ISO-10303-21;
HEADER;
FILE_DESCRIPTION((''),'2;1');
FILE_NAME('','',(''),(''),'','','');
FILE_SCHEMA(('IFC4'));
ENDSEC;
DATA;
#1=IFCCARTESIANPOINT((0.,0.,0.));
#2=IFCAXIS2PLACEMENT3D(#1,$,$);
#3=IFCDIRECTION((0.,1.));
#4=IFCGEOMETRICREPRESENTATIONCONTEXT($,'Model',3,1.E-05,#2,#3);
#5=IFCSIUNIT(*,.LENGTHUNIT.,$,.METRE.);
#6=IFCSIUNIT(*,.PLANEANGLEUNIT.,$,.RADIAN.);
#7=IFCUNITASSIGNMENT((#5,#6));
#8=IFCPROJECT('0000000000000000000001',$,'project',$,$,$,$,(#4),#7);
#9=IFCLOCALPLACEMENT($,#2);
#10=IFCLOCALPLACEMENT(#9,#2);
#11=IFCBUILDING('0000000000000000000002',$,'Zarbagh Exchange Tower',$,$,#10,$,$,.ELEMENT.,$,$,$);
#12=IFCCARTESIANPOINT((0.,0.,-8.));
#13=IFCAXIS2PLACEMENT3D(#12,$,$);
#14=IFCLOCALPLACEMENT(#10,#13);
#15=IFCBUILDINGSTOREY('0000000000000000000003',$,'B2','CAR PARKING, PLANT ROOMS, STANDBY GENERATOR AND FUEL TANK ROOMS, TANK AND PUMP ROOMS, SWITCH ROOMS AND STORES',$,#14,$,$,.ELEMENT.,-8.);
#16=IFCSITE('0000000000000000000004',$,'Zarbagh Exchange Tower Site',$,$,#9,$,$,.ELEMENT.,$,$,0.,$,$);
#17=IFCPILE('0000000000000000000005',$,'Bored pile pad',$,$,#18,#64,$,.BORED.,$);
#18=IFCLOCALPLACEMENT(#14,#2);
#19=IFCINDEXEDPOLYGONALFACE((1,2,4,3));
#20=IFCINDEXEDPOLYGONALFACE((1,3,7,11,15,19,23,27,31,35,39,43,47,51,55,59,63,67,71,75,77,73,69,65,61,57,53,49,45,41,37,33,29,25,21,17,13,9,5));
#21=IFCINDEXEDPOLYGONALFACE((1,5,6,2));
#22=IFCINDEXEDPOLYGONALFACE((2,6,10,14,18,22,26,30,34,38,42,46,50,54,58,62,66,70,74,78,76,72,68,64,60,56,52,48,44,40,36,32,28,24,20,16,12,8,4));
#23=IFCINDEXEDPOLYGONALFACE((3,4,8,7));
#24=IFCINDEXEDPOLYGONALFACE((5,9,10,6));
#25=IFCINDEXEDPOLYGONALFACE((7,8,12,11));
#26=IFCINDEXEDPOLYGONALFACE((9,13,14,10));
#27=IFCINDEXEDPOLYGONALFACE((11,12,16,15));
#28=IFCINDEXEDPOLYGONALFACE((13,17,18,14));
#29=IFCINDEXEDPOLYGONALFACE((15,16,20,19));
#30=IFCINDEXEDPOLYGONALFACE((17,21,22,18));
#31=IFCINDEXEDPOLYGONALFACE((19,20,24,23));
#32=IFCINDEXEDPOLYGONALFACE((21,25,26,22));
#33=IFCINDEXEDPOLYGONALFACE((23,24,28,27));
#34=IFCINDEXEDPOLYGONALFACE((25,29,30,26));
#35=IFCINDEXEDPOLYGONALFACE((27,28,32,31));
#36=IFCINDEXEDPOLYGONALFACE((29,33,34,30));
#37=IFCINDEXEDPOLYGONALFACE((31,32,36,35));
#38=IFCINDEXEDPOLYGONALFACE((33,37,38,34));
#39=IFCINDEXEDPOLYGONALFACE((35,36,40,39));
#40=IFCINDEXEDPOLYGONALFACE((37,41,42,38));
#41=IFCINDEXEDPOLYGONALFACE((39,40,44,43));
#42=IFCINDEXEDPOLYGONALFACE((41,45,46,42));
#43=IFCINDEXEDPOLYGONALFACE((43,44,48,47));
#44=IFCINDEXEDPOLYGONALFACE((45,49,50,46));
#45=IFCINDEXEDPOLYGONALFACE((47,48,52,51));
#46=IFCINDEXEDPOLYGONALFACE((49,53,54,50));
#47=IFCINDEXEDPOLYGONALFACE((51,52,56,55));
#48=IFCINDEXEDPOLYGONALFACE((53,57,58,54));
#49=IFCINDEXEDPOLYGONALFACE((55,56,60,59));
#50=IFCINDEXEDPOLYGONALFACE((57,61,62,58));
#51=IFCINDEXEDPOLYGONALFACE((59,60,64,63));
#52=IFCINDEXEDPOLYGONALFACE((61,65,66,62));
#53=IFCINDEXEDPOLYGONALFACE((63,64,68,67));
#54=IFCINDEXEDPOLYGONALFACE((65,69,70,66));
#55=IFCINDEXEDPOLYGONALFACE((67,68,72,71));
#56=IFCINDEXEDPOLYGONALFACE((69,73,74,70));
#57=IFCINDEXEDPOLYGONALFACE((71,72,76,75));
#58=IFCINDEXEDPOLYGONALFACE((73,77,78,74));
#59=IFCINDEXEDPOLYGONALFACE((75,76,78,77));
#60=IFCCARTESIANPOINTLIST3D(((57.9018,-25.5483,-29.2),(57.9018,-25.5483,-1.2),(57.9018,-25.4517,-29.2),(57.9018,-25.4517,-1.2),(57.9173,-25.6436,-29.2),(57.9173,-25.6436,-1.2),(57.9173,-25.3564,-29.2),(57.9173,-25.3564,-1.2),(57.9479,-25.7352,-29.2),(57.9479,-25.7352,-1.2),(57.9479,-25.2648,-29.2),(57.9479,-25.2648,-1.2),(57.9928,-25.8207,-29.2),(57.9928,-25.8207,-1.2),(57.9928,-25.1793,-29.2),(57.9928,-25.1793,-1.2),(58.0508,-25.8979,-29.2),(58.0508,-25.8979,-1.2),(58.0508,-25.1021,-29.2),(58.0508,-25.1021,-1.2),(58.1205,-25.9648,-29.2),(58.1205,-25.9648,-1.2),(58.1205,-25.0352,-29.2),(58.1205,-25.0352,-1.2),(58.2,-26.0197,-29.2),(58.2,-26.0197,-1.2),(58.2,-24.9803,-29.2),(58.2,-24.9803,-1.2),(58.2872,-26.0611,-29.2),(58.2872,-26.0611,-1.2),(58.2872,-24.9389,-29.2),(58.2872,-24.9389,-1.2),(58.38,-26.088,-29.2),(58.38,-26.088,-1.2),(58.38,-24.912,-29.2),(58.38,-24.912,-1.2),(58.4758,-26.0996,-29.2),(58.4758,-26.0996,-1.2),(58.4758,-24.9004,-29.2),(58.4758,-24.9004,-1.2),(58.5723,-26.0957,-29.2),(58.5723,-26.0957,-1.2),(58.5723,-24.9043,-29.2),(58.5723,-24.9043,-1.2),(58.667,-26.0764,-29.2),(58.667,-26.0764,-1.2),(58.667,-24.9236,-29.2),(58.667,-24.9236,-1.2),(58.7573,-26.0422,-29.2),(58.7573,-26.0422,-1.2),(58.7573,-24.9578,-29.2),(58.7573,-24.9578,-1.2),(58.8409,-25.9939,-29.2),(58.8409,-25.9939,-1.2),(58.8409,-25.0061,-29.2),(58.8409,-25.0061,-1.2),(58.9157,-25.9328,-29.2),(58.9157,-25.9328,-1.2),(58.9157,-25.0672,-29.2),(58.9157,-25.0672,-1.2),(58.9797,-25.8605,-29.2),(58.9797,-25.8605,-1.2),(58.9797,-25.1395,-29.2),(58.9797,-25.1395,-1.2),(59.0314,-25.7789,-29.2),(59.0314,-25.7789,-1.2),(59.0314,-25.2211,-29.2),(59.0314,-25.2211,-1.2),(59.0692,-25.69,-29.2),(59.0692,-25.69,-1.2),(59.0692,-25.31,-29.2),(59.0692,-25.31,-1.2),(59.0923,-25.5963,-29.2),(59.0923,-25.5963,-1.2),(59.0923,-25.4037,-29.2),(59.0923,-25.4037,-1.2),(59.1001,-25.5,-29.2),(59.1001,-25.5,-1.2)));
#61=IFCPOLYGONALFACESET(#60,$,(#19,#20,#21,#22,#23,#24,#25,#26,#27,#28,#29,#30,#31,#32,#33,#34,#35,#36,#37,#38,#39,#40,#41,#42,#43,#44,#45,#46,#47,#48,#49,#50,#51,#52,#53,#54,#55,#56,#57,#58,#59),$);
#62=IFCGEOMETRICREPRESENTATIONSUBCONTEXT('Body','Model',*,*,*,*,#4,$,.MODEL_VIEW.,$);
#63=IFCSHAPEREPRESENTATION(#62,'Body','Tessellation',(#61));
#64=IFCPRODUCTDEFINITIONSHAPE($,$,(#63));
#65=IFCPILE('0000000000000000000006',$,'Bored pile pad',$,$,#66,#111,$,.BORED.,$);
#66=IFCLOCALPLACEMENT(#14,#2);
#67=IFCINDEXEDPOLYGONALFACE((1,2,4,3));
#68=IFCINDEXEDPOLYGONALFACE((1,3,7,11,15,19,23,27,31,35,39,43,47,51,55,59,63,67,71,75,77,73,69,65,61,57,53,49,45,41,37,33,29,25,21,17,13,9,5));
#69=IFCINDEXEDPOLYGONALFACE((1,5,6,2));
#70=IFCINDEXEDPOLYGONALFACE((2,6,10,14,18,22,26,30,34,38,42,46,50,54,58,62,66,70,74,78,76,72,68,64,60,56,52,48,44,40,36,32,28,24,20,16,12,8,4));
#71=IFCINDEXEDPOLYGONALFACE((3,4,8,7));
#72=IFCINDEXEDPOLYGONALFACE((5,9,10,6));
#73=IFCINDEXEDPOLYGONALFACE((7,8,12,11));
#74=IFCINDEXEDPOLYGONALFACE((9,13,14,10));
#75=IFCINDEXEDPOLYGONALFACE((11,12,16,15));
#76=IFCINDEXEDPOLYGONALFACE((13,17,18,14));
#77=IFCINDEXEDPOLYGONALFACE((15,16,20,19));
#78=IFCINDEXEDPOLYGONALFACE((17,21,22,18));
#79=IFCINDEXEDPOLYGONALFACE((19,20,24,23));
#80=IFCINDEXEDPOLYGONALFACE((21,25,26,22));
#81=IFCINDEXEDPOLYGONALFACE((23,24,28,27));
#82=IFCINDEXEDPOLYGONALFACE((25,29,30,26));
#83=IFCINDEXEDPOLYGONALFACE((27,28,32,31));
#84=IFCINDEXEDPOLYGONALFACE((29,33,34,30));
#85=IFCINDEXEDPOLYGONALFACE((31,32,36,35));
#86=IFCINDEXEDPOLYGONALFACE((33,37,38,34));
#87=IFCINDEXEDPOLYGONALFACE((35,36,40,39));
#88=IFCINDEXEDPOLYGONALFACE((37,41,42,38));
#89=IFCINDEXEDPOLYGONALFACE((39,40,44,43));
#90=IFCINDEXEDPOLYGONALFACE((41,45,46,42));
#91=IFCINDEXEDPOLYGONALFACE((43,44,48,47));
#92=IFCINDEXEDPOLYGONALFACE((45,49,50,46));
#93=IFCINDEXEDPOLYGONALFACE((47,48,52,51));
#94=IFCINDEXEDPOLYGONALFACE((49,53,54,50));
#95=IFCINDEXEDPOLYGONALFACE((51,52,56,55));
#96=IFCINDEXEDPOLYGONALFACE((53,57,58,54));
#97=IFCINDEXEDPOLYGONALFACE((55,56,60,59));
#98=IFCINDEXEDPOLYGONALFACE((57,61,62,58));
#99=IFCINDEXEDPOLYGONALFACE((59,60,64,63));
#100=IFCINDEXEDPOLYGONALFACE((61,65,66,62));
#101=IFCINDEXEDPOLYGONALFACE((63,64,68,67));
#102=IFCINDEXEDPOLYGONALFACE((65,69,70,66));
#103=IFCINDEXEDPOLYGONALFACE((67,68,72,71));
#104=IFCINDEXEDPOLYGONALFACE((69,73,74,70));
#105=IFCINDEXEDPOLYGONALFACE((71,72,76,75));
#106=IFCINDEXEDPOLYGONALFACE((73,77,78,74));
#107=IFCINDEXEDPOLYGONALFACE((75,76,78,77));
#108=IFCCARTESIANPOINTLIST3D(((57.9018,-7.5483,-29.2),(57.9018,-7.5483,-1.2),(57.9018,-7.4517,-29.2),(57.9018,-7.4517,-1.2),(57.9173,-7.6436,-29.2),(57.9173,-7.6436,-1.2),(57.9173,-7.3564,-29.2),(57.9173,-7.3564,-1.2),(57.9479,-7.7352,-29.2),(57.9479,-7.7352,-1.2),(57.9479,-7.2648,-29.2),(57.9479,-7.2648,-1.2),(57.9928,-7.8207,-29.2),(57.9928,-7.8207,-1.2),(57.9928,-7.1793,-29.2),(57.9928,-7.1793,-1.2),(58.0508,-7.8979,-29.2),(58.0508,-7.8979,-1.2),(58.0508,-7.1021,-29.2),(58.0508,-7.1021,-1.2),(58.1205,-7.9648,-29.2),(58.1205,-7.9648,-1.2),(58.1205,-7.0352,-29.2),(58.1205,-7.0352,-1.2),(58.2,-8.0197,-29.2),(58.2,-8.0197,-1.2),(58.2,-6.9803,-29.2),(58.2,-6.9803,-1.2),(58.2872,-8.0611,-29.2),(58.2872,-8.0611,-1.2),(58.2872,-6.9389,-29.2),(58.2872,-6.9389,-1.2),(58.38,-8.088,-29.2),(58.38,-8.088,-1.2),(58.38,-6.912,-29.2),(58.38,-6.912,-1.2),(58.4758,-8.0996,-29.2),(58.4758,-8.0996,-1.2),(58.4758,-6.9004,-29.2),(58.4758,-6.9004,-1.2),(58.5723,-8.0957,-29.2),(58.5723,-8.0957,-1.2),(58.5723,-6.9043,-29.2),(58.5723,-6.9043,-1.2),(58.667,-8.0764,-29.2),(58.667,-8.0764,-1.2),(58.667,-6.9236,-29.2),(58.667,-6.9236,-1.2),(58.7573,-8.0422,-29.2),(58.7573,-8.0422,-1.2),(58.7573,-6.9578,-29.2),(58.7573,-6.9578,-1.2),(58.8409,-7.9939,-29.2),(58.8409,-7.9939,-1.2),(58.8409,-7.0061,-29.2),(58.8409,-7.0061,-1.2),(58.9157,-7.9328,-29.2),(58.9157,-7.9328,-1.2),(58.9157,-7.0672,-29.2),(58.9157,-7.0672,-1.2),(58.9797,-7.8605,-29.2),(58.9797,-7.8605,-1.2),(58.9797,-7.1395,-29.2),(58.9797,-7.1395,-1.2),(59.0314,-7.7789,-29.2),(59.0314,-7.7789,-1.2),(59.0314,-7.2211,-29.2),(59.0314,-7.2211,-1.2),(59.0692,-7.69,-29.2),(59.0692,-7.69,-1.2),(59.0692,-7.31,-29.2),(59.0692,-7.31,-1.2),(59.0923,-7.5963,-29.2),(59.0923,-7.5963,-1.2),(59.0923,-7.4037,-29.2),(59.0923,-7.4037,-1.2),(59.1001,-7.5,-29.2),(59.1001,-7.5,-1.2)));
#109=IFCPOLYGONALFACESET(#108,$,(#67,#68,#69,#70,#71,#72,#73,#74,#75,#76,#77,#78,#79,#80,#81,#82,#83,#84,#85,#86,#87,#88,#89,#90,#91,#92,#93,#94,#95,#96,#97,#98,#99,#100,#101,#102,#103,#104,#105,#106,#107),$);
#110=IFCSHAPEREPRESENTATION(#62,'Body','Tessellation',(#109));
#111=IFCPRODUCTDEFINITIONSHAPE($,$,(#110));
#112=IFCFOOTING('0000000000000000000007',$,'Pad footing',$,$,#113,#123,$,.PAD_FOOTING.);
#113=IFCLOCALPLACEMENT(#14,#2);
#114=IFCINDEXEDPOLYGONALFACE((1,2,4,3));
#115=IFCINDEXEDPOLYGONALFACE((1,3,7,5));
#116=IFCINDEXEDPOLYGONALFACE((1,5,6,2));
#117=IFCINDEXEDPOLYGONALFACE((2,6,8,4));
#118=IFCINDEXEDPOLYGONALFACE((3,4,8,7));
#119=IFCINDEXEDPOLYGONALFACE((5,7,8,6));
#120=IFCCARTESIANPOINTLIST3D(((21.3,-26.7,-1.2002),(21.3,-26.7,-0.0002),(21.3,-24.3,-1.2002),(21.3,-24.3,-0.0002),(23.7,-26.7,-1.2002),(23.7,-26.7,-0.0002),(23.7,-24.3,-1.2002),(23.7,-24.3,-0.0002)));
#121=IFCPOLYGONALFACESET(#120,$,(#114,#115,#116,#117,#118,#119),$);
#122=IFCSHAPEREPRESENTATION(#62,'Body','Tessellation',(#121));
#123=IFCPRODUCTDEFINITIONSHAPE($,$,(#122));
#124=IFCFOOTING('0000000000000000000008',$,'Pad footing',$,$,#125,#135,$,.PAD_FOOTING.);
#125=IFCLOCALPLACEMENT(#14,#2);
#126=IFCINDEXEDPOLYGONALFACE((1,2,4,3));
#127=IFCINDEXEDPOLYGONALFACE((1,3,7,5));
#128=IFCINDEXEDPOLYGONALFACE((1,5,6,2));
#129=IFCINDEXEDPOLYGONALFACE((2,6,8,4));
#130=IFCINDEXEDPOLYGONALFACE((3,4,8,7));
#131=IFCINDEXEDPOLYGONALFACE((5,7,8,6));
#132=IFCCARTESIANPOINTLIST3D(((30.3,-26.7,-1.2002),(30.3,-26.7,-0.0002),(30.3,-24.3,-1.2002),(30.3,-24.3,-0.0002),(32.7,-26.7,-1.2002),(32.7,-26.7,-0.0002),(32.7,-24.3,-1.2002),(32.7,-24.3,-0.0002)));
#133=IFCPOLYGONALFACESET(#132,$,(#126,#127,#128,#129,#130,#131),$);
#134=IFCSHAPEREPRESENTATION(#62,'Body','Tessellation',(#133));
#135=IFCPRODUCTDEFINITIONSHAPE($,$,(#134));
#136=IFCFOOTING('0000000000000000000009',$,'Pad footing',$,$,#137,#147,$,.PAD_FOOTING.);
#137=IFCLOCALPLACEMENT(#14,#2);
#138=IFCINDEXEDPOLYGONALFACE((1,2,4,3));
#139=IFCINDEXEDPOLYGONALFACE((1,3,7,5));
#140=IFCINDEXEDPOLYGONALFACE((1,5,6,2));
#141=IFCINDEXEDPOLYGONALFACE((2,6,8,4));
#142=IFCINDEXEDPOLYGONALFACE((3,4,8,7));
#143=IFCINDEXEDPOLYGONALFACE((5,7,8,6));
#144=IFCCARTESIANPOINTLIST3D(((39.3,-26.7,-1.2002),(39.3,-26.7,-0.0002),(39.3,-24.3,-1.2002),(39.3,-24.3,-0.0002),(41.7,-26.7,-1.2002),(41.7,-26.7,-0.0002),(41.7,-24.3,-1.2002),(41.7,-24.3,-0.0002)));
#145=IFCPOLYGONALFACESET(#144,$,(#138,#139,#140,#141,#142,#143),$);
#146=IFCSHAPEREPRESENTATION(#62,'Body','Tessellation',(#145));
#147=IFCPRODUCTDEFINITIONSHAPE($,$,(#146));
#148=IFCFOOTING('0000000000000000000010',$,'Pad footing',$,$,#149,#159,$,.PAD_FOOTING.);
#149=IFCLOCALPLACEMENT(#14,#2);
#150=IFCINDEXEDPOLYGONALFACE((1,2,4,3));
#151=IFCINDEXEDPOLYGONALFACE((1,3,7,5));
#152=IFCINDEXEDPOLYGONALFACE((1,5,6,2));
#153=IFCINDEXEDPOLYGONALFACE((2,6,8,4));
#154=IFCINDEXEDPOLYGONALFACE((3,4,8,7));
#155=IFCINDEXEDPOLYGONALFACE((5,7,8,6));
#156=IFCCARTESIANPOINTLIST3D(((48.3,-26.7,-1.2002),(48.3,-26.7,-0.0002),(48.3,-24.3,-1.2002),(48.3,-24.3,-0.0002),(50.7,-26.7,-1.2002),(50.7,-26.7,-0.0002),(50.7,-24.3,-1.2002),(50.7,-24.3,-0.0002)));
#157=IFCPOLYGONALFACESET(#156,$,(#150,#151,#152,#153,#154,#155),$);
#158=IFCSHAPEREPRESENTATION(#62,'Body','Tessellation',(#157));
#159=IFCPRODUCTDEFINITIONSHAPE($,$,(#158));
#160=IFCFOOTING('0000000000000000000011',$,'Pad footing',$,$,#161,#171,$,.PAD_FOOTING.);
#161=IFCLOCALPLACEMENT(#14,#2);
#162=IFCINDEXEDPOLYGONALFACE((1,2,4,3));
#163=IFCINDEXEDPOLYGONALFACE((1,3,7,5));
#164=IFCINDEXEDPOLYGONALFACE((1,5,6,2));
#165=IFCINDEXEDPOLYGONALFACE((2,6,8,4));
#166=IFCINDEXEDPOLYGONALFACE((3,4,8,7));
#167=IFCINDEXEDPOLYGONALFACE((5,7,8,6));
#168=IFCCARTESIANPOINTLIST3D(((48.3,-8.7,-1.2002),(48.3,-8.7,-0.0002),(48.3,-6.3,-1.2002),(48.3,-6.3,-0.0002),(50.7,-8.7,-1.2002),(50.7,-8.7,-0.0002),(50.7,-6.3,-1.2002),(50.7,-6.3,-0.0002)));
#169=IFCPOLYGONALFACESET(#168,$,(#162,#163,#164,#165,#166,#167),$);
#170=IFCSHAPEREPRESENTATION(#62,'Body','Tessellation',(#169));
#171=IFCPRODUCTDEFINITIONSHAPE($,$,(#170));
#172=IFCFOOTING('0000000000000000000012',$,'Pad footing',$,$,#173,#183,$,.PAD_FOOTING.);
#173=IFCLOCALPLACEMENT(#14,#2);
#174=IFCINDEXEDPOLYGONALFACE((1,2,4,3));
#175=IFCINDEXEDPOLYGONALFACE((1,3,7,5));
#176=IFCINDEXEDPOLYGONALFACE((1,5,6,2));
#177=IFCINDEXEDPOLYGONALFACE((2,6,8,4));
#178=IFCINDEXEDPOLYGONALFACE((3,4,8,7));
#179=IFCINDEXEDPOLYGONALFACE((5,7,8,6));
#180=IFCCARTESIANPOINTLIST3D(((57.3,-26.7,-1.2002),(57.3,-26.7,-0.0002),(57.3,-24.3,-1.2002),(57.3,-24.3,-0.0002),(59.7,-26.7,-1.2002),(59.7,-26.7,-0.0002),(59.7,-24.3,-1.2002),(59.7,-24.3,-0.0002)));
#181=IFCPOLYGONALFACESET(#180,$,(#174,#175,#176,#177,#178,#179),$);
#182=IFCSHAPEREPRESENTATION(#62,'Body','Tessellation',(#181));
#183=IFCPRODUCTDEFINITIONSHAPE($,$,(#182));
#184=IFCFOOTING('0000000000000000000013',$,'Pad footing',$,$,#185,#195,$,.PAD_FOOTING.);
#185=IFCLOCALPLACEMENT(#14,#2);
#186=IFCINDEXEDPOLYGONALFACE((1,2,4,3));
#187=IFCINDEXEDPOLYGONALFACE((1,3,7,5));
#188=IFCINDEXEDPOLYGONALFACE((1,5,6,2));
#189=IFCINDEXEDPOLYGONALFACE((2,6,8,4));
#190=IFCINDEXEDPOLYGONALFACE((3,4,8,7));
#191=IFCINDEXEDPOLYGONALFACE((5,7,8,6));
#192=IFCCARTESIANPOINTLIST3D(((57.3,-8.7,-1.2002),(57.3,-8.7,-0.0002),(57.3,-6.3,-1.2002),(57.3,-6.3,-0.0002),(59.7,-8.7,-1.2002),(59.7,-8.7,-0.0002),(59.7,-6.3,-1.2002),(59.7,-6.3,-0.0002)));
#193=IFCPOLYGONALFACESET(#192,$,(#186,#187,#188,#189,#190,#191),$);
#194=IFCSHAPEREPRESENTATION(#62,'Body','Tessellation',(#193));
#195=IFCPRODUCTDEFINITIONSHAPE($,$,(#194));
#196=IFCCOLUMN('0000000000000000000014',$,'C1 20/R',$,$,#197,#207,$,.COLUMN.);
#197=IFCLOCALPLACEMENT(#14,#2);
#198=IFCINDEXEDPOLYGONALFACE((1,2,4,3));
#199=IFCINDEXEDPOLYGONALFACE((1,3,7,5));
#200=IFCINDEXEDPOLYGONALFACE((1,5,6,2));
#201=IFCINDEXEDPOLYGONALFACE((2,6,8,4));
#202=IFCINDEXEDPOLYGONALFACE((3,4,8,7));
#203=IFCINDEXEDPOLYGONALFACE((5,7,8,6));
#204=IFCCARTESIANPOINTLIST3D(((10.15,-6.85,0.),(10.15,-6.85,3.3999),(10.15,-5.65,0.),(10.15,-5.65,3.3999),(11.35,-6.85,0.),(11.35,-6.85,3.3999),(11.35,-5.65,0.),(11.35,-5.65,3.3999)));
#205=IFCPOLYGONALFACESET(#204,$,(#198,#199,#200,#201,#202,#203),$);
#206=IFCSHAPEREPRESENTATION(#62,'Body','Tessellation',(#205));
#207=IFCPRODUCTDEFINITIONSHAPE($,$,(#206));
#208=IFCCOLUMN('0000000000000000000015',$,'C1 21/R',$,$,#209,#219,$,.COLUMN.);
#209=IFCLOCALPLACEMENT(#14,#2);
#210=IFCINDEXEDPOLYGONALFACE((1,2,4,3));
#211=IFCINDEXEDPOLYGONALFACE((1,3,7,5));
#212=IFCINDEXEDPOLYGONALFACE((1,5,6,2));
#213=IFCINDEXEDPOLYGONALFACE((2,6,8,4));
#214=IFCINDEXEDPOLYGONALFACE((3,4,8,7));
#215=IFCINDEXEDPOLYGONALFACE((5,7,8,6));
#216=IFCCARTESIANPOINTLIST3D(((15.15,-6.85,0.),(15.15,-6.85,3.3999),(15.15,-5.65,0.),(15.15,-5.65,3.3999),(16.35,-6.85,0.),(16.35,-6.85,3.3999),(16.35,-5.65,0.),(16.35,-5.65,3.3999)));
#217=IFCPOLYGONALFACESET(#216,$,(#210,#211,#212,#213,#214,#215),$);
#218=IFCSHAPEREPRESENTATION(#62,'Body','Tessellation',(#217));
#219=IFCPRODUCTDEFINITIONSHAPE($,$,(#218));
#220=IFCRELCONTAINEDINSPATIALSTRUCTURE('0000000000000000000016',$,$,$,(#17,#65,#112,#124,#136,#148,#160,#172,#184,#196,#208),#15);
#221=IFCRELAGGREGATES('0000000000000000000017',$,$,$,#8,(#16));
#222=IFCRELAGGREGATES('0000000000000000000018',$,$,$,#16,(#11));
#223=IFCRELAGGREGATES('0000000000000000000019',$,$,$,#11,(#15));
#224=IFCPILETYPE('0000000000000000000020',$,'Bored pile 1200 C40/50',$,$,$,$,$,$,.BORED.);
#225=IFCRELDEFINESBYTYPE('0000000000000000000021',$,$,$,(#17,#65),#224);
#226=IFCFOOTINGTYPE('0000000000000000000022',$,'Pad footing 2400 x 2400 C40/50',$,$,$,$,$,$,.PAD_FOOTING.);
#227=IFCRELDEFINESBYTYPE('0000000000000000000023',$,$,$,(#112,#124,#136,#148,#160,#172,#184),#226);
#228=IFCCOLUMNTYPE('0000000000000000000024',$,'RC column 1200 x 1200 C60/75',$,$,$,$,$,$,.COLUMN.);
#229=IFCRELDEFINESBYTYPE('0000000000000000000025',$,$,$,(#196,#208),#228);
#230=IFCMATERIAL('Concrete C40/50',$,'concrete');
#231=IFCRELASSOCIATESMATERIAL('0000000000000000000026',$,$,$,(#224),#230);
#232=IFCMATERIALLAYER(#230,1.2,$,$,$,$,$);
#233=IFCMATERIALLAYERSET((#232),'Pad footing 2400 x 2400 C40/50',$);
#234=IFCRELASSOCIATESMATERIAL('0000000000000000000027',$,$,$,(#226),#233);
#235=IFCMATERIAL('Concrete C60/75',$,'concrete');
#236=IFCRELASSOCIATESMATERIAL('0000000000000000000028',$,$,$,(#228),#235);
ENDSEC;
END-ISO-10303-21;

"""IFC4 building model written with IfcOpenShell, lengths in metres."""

from ifc_helpers import new_model, si_unit, direction, frame, origin, origin_2d, place, context, subcontext, project, spatial, rectangle, circle, extrude, material, layer, layer_set, material_profile, profile_set, type_object, element, save


model = new_model("IFC4")

# Units and contexts
model_context = context("Model", 3, precision=1e-05, world=origin(), true_north=direction((0.0, 1.0)))
body_context = subcontext(model_context, "Body", "Model", "MODEL_VIEW")
ifc_project = project(units=[si_unit("LENGTHUNIT", "METRE"), si_unit("PLANEANGLEUNIT", "RADIAN")], contexts=[model_context])

# Site, building, storey
site_placement = place(None, origin())
site = spatial("IfcSite", under=ifc_project, at=site_placement, Name="Zarbagh Exchange Tower Site", CompositionType="ELEMENT", RefElevation=0.0)
building_placement = place(site_placement, origin())
building = spatial("IfcBuilding", under=site, at=building_placement, Name="Zarbagh Exchange Tower", CompositionType="ELEMENT")
storey_placement = place(building_placement, frame((0.0, 0.0, -8.0)))
storey = spatial("IfcBuildingStorey", under=building, at=storey_placement, Name="B2", Description="CAR PARKING, PLANT ROOMS, STANDBY GENERATOR AND FUEL TANK ROOMS, TANK AND PUMP ROOMS, SWITCH ROOMS AND STORES", CompositionType="ELEMENT", Elevation=-8.0)

# Piles
ifc_material_1 = material(Name="Concrete C40/50", Category="concrete")
ifc_material_profile_1 = material_profile(ifc_material_1, circle(Radius=0.6001, at=origin_2d()), Name="Bored pile 1200 C40/50")
ifc_profile_set_1 = profile_set([ifc_material_profile_1], Name="Concrete C40/50")
pile_type = type_object("IfcPileType", Name="Bored pile 1200 C40/50", PredefinedType="BORED", material=ifc_profile_set_1)
for number, where, z_axis, x_axis, name in (
    (1, (58.5, -25.5, -1.2), (0.0, 0.0, -1.0), (1.0, 0.0, 0.0), "Bored pile pad"),
    (2, (58.5, -7.5, -1.2), (0.0, 0.0, -1.0), (1.0, 0.0, 0.0), "Bored pile pad"),
):
    element("IfcPile", number, at=place(storey_placement, frame(where, z_axis=z_axis, x_axis=x_axis)), inside=storey, type_object=pile_type, Name=name, PredefinedType="BORED", context=body_context, shape_type="SweptSolid", body=[
        extrude(circle(Radius=0.6001, at=origin_2d()), origin(), (0.0, 0.0, 1.0), 28.0),
    ])

# Footings
ifc_layer = layer(ifc_material_1, 1.2)
ifc_layer_set = layer_set([ifc_layer], Name="Pad footing 2400 x 2400 C40/50")
footing_type = type_object("IfcFootingType", Name="Pad footing 2400 x 2400 C40/50", PredefinedType="PAD_FOOTING", material=ifc_layer_set)
for number, where, z_axis, x_axis, name in (
    (3, (22.5, -25.5, -1.2002), (0.0, 0.0, 1.0), (1.0, 0.0, 0.0), "Pad footing"),
    (4, (31.5, -25.5, -1.2002), (0.0, 0.0, 1.0), (1.0, 0.0, 0.0), "Pad footing"),
    (5, (40.5, -25.5, -1.2002), (0.0, 0.0, 1.0), (1.0, 0.0, 0.0), "Pad footing"),
    (6, (49.5, -25.5, -1.2002), (0.0, 0.0, 1.0), (1.0, 0.0, 0.0), "Pad footing"),
    (7, (49.5, -7.5, -1.2002), (0.0, 0.0, 1.0), (1.0, 0.0, 0.0), "Pad footing"),
    (8, (58.5, -25.5, -1.2002), (0.0, 0.0, 1.0), (1.0, 0.0, 0.0), "Pad footing"),
    (9, (58.5, -7.5, -1.2002), (0.0, 0.0, 1.0), (1.0, 0.0, 0.0), "Pad footing"),
):
    element("IfcFooting", number, at=place(storey_placement, frame(where, z_axis=z_axis, x_axis=x_axis)), inside=storey, type_object=footing_type, Name=name, PredefinedType="PAD_FOOTING", context=body_context, shape_type="SweptSolid", body=[
        extrude(rectangle(XDim=2.3999, YDim=2.3999, at=origin_2d()), origin(), (0.0, 0.0, 1.0), 1.2),
    ])

# Columns
ifc_material_2 = material(Name="Concrete C60/75", Category="concrete")
ifc_material_profile_2 = material_profile(ifc_material_2, rectangle(XDim=1.2, YDim=1.2, at=origin_2d()), Name="RC column 1200 x 1200 C60/75")
ifc_profile_set_2 = profile_set([ifc_material_profile_2], Name="Concrete C60/75")
column_type = type_object("IfcColumnType", Name="RC column 1200 x 1200 C60/75", PredefinedType="COLUMN", material=ifc_profile_set_2)
for number, where, z_axis, x_axis, name in (
    (10, (10.75, -6.25, 0.0), (0.0, 0.0, 1.0), (1.0, 0.0, 0.0), "C1 20/R"),
    (11, (15.75, -6.25, 0.0), (0.0, 0.0, 1.0), (1.0, 0.0, 0.0), "C1 21/R"),
):
    element("IfcColumn", number, at=place(storey_placement, frame(where, z_axis=z_axis, x_axis=x_axis)), inside=storey, type_object=column_type, Name=name, PredefinedType="COLUMN", context=body_context, shape_type="SweptSolid", body=[
        extrude(rectangle(XDim=1.2, YDim=1.2, at=origin_2d()), origin(), (0.0, 0.0, 1.0), 3.3999),
    ])

save(model, "model.ifc")
